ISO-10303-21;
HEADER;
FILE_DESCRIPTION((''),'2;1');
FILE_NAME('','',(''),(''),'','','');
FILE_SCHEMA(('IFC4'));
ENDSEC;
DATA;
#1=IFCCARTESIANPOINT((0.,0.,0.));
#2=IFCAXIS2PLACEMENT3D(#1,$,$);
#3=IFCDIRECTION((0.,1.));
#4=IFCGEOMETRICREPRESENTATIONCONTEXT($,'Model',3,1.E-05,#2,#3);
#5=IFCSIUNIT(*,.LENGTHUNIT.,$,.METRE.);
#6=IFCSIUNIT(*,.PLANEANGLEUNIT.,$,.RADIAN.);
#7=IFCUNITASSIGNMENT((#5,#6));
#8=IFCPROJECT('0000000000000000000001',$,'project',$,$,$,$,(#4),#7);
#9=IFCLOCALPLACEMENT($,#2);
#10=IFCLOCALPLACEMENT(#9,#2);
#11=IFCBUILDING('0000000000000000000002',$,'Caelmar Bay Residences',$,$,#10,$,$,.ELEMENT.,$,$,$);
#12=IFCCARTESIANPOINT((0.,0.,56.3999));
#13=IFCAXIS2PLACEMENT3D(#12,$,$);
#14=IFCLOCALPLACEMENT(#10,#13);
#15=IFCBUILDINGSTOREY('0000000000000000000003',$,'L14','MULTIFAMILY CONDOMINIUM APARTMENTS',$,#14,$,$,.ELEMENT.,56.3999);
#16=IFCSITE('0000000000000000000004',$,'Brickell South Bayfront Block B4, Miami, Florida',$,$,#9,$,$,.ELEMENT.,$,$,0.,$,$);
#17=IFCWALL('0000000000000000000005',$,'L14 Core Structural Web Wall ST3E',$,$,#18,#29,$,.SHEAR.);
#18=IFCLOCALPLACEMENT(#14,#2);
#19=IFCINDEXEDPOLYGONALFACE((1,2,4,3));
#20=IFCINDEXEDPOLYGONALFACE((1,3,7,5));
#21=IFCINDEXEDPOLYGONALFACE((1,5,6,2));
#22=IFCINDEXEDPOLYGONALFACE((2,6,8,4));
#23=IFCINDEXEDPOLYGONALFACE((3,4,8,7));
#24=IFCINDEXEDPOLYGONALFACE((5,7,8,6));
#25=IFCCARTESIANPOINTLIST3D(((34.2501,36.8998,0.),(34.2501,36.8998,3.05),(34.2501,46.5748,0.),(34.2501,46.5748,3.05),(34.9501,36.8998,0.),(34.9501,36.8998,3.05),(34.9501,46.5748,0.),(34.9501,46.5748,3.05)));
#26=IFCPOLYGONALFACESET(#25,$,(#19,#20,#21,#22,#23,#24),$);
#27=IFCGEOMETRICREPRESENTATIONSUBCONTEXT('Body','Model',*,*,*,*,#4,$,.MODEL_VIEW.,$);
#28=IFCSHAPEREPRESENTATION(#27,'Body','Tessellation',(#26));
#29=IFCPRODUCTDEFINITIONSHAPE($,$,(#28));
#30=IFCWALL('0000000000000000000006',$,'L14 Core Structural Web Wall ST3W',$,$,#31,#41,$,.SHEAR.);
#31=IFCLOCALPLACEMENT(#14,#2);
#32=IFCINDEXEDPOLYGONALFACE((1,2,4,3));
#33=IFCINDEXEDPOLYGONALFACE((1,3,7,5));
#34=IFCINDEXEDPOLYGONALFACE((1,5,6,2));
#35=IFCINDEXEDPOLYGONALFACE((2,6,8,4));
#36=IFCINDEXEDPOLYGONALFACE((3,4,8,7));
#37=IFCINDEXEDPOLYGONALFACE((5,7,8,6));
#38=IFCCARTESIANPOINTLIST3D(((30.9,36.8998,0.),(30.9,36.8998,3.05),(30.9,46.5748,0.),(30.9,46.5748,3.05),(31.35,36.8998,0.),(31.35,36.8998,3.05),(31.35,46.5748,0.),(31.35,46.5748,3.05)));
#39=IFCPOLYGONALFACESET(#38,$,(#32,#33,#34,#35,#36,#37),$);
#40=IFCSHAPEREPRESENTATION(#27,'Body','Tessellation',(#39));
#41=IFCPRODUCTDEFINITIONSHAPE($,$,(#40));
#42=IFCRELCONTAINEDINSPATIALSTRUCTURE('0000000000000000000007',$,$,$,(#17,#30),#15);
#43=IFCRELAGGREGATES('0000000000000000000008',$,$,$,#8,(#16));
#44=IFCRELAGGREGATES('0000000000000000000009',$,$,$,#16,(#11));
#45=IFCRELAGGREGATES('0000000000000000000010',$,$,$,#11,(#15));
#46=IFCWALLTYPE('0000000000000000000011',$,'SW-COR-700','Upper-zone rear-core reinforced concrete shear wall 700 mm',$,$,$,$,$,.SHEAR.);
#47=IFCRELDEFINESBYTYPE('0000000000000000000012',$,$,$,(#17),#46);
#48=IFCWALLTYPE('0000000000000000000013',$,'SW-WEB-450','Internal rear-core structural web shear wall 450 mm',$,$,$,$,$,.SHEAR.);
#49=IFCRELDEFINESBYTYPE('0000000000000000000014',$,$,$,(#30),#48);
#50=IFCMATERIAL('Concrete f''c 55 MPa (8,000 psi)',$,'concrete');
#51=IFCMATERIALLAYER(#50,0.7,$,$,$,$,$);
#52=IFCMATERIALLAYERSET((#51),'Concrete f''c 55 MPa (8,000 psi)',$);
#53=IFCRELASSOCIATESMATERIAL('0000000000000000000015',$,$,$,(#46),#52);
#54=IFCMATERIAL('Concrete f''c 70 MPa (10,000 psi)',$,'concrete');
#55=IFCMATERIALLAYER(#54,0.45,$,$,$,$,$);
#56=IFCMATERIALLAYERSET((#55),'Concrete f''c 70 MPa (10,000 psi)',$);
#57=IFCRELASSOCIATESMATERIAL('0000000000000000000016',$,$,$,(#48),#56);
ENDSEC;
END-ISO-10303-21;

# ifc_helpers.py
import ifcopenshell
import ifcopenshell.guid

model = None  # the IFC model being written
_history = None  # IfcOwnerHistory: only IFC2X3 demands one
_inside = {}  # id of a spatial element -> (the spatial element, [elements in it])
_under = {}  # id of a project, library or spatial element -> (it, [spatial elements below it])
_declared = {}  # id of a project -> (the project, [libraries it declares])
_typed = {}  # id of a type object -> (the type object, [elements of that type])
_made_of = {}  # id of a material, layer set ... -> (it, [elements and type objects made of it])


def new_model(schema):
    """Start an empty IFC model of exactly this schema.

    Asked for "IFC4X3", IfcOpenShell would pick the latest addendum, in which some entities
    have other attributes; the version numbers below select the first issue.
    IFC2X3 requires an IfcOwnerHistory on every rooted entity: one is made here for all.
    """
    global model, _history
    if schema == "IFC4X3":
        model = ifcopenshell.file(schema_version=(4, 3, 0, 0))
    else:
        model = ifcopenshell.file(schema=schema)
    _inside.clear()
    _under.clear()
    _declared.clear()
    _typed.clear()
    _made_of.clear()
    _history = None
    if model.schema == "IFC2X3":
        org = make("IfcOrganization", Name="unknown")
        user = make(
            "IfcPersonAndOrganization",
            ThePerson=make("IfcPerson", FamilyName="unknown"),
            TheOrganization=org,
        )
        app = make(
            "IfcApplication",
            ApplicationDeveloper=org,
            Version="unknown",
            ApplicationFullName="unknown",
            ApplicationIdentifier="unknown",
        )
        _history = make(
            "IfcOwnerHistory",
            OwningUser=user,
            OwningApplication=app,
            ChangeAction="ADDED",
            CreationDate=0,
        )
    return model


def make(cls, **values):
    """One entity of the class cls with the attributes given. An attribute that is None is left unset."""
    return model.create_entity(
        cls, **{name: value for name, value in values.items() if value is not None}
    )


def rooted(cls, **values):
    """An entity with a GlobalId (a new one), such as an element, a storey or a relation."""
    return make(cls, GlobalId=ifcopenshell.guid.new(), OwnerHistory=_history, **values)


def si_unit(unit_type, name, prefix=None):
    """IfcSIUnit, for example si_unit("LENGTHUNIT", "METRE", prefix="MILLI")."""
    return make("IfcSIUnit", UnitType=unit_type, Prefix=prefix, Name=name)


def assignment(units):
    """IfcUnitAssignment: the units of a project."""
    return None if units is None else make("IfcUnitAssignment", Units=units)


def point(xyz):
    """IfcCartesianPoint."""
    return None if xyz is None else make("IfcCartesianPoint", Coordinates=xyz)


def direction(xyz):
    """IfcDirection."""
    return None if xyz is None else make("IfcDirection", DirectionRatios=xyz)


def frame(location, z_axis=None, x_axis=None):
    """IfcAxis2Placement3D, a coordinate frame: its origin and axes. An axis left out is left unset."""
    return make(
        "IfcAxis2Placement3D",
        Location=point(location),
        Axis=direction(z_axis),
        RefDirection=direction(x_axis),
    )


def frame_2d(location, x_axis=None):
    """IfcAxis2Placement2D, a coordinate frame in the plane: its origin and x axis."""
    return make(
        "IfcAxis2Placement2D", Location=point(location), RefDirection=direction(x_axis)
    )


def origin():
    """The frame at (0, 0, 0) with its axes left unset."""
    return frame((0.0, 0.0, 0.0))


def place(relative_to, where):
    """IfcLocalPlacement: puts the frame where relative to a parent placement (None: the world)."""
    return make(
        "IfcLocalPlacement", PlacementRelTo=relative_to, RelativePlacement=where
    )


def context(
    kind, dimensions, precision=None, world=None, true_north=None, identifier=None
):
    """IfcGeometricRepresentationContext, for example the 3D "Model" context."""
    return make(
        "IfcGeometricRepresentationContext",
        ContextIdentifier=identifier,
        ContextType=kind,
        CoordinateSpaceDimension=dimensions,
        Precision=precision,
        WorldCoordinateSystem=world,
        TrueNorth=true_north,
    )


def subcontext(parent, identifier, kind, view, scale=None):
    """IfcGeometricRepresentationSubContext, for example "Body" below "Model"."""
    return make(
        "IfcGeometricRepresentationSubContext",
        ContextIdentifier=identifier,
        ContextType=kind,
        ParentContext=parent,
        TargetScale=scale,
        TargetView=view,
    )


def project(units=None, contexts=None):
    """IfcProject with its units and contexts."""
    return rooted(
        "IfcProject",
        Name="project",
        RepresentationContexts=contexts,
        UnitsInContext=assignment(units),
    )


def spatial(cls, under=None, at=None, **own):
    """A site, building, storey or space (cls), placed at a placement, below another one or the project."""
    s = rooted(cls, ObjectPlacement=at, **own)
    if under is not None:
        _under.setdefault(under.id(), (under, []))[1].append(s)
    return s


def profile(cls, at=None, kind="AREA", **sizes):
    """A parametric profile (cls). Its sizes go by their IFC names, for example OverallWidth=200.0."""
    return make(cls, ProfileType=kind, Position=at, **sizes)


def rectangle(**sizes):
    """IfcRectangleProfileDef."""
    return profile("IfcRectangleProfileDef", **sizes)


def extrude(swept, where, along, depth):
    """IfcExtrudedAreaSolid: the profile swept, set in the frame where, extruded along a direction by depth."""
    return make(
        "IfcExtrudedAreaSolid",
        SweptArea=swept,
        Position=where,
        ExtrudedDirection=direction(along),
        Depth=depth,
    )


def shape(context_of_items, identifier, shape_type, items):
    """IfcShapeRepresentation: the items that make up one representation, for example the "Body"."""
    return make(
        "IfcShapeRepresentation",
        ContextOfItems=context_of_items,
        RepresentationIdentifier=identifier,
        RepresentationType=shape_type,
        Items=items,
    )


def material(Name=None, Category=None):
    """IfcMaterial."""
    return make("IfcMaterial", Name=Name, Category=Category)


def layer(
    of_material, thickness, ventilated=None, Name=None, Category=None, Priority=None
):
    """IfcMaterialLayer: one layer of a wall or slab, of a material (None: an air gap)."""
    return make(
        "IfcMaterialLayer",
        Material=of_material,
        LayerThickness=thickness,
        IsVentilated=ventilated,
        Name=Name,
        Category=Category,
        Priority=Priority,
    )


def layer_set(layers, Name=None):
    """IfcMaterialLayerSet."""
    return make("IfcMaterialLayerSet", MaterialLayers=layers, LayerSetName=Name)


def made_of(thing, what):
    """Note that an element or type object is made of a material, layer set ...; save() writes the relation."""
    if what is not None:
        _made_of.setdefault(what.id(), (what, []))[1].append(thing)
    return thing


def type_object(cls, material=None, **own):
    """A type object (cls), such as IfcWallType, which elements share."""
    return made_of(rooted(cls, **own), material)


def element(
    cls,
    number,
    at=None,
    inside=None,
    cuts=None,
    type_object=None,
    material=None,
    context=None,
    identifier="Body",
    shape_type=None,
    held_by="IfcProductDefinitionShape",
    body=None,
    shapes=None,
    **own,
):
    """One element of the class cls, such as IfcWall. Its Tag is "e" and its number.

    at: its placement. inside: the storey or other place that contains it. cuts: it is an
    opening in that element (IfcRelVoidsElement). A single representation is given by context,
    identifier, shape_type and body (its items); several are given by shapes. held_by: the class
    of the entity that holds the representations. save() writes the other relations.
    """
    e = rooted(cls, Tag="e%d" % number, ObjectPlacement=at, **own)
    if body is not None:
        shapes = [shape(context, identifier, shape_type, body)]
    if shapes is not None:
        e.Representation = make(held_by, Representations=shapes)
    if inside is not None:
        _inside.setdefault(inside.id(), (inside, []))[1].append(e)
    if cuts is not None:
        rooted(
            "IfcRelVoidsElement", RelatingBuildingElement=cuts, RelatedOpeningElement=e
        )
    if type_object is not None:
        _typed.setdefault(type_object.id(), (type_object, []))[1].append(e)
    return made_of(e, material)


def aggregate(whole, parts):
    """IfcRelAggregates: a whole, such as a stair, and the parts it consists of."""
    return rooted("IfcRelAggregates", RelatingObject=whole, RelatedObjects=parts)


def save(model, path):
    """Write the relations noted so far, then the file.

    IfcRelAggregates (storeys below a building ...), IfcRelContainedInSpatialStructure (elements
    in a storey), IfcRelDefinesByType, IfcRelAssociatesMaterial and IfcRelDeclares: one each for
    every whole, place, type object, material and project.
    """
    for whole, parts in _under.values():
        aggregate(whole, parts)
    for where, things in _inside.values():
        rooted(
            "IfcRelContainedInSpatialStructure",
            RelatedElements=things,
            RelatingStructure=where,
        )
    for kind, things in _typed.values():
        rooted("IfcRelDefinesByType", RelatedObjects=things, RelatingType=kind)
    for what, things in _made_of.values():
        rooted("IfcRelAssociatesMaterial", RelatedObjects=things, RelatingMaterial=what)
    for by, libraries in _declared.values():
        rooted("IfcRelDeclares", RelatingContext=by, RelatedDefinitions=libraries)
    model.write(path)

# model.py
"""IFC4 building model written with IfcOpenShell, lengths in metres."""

from ifc_helpers import new_model, si_unit, direction, frame, frame_2d, origin, place, context, subcontext, project, spatial, rectangle, extrude, material, layer, layer_set, type_object, element, save


model = new_model("IFC4")

# Units and contexts
model_context = context("Model", 3, precision=1e-05, world=origin(), true_north=direction((0.0, 1.0)))
body_context = subcontext(model_context, "Body", "Model", "MODEL_VIEW")
ifc_project = project(units=[si_unit("LENGTHUNIT", "METRE"), si_unit("PLANEANGLEUNIT", "RADIAN")], contexts=[model_context])

# Site, building, storey
site_placement = place(None, origin())
site = spatial("IfcSite", under=ifc_project, at=site_placement, Name="Brickell South Bayfront Block B4, Miami, Florida", CompositionType="ELEMENT", RefElevation=0.0)
building_placement = place(site_placement, origin())
building = spatial("IfcBuilding", under=site, at=building_placement, Name="Caelmar Bay Residences", CompositionType="ELEMENT")
storey_placement = place(building_placement, frame((0.0, 0.0, 56.3999)))
storey = spatial("IfcBuildingStorey", under=building, at=storey_placement, Name="L14", Description="MULTIFAMILY CONDOMINIUM APARTMENTS", CompositionType="ELEMENT", Elevation=56.3999)

# Walls
ifc_material_1 = material(Name="Concrete f'c 55 MPa (8,000 psi)", Category="concrete")
ifc_layer_1 = layer(ifc_material_1, 0.7)
ifc_layer_set_1 = layer_set([ifc_layer_1], Name="Concrete f'c 55 MPa (8,000 psi)")
wall_type_1 = type_object("IfcWallType", Name="SW-COR-700", Description="Upper-zone rear-core reinforced concrete shear wall 700 mm", PredefinedType="SHEAR", material=ifc_layer_set_1)
wall_1_placement = place(storey_placement, frame((34.6001, 36.8999, 0.0), z_axis=(0.0, 0.0, 1.0), x_axis=(0.0, 1.0, 0.0)))
element("IfcWall", 1, at=wall_1_placement, inside=storey, type_object=wall_type_1, Name="L14 Core Structural Web Wall ST3E", PredefinedType="SHEAR", context=body_context, shape_type="SweptSolid", body=[
    extrude(rectangle(XDim=9.675, YDim=0.7, at=frame_2d((4.8374, 0.0))), origin(), (0.0, 0.0, 1.0), 3.05),
])
ifc_material_2 = material(Name="Concrete f'c 70 MPa (10,000 psi)", Category="concrete")
ifc_layer_2 = layer(ifc_material_2, 0.45)
ifc_layer_set_2 = layer_set([ifc_layer_2], Name="Concrete f'c 70 MPa (10,000 psi)")
wall_type_2 = type_object("IfcWallType", Name="SW-WEB-450", Description="Internal rear-core structural web shear wall 450 mm", PredefinedType="SHEAR", material=ifc_layer_set_2)
wall_2_placement = place(storey_placement, frame((31.125, 36.8999, 0.0), z_axis=(0.0, 0.0, 1.0), x_axis=(0.0, 1.0, 0.0)))
element("IfcWall", 2, at=wall_2_placement, inside=storey, type_object=wall_type_2, Name="L14 Core Structural Web Wall ST3W", PredefinedType="SHEAR", context=body_context, shape_type="SweptSolid", body=[
    extrude(rectangle(XDim=9.675, YDim=0.45, at=frame_2d((4.8374, 0.0))), origin(), (0.0, 0.0, 1.0), 3.05),
])

save(model, "model.ifc")
